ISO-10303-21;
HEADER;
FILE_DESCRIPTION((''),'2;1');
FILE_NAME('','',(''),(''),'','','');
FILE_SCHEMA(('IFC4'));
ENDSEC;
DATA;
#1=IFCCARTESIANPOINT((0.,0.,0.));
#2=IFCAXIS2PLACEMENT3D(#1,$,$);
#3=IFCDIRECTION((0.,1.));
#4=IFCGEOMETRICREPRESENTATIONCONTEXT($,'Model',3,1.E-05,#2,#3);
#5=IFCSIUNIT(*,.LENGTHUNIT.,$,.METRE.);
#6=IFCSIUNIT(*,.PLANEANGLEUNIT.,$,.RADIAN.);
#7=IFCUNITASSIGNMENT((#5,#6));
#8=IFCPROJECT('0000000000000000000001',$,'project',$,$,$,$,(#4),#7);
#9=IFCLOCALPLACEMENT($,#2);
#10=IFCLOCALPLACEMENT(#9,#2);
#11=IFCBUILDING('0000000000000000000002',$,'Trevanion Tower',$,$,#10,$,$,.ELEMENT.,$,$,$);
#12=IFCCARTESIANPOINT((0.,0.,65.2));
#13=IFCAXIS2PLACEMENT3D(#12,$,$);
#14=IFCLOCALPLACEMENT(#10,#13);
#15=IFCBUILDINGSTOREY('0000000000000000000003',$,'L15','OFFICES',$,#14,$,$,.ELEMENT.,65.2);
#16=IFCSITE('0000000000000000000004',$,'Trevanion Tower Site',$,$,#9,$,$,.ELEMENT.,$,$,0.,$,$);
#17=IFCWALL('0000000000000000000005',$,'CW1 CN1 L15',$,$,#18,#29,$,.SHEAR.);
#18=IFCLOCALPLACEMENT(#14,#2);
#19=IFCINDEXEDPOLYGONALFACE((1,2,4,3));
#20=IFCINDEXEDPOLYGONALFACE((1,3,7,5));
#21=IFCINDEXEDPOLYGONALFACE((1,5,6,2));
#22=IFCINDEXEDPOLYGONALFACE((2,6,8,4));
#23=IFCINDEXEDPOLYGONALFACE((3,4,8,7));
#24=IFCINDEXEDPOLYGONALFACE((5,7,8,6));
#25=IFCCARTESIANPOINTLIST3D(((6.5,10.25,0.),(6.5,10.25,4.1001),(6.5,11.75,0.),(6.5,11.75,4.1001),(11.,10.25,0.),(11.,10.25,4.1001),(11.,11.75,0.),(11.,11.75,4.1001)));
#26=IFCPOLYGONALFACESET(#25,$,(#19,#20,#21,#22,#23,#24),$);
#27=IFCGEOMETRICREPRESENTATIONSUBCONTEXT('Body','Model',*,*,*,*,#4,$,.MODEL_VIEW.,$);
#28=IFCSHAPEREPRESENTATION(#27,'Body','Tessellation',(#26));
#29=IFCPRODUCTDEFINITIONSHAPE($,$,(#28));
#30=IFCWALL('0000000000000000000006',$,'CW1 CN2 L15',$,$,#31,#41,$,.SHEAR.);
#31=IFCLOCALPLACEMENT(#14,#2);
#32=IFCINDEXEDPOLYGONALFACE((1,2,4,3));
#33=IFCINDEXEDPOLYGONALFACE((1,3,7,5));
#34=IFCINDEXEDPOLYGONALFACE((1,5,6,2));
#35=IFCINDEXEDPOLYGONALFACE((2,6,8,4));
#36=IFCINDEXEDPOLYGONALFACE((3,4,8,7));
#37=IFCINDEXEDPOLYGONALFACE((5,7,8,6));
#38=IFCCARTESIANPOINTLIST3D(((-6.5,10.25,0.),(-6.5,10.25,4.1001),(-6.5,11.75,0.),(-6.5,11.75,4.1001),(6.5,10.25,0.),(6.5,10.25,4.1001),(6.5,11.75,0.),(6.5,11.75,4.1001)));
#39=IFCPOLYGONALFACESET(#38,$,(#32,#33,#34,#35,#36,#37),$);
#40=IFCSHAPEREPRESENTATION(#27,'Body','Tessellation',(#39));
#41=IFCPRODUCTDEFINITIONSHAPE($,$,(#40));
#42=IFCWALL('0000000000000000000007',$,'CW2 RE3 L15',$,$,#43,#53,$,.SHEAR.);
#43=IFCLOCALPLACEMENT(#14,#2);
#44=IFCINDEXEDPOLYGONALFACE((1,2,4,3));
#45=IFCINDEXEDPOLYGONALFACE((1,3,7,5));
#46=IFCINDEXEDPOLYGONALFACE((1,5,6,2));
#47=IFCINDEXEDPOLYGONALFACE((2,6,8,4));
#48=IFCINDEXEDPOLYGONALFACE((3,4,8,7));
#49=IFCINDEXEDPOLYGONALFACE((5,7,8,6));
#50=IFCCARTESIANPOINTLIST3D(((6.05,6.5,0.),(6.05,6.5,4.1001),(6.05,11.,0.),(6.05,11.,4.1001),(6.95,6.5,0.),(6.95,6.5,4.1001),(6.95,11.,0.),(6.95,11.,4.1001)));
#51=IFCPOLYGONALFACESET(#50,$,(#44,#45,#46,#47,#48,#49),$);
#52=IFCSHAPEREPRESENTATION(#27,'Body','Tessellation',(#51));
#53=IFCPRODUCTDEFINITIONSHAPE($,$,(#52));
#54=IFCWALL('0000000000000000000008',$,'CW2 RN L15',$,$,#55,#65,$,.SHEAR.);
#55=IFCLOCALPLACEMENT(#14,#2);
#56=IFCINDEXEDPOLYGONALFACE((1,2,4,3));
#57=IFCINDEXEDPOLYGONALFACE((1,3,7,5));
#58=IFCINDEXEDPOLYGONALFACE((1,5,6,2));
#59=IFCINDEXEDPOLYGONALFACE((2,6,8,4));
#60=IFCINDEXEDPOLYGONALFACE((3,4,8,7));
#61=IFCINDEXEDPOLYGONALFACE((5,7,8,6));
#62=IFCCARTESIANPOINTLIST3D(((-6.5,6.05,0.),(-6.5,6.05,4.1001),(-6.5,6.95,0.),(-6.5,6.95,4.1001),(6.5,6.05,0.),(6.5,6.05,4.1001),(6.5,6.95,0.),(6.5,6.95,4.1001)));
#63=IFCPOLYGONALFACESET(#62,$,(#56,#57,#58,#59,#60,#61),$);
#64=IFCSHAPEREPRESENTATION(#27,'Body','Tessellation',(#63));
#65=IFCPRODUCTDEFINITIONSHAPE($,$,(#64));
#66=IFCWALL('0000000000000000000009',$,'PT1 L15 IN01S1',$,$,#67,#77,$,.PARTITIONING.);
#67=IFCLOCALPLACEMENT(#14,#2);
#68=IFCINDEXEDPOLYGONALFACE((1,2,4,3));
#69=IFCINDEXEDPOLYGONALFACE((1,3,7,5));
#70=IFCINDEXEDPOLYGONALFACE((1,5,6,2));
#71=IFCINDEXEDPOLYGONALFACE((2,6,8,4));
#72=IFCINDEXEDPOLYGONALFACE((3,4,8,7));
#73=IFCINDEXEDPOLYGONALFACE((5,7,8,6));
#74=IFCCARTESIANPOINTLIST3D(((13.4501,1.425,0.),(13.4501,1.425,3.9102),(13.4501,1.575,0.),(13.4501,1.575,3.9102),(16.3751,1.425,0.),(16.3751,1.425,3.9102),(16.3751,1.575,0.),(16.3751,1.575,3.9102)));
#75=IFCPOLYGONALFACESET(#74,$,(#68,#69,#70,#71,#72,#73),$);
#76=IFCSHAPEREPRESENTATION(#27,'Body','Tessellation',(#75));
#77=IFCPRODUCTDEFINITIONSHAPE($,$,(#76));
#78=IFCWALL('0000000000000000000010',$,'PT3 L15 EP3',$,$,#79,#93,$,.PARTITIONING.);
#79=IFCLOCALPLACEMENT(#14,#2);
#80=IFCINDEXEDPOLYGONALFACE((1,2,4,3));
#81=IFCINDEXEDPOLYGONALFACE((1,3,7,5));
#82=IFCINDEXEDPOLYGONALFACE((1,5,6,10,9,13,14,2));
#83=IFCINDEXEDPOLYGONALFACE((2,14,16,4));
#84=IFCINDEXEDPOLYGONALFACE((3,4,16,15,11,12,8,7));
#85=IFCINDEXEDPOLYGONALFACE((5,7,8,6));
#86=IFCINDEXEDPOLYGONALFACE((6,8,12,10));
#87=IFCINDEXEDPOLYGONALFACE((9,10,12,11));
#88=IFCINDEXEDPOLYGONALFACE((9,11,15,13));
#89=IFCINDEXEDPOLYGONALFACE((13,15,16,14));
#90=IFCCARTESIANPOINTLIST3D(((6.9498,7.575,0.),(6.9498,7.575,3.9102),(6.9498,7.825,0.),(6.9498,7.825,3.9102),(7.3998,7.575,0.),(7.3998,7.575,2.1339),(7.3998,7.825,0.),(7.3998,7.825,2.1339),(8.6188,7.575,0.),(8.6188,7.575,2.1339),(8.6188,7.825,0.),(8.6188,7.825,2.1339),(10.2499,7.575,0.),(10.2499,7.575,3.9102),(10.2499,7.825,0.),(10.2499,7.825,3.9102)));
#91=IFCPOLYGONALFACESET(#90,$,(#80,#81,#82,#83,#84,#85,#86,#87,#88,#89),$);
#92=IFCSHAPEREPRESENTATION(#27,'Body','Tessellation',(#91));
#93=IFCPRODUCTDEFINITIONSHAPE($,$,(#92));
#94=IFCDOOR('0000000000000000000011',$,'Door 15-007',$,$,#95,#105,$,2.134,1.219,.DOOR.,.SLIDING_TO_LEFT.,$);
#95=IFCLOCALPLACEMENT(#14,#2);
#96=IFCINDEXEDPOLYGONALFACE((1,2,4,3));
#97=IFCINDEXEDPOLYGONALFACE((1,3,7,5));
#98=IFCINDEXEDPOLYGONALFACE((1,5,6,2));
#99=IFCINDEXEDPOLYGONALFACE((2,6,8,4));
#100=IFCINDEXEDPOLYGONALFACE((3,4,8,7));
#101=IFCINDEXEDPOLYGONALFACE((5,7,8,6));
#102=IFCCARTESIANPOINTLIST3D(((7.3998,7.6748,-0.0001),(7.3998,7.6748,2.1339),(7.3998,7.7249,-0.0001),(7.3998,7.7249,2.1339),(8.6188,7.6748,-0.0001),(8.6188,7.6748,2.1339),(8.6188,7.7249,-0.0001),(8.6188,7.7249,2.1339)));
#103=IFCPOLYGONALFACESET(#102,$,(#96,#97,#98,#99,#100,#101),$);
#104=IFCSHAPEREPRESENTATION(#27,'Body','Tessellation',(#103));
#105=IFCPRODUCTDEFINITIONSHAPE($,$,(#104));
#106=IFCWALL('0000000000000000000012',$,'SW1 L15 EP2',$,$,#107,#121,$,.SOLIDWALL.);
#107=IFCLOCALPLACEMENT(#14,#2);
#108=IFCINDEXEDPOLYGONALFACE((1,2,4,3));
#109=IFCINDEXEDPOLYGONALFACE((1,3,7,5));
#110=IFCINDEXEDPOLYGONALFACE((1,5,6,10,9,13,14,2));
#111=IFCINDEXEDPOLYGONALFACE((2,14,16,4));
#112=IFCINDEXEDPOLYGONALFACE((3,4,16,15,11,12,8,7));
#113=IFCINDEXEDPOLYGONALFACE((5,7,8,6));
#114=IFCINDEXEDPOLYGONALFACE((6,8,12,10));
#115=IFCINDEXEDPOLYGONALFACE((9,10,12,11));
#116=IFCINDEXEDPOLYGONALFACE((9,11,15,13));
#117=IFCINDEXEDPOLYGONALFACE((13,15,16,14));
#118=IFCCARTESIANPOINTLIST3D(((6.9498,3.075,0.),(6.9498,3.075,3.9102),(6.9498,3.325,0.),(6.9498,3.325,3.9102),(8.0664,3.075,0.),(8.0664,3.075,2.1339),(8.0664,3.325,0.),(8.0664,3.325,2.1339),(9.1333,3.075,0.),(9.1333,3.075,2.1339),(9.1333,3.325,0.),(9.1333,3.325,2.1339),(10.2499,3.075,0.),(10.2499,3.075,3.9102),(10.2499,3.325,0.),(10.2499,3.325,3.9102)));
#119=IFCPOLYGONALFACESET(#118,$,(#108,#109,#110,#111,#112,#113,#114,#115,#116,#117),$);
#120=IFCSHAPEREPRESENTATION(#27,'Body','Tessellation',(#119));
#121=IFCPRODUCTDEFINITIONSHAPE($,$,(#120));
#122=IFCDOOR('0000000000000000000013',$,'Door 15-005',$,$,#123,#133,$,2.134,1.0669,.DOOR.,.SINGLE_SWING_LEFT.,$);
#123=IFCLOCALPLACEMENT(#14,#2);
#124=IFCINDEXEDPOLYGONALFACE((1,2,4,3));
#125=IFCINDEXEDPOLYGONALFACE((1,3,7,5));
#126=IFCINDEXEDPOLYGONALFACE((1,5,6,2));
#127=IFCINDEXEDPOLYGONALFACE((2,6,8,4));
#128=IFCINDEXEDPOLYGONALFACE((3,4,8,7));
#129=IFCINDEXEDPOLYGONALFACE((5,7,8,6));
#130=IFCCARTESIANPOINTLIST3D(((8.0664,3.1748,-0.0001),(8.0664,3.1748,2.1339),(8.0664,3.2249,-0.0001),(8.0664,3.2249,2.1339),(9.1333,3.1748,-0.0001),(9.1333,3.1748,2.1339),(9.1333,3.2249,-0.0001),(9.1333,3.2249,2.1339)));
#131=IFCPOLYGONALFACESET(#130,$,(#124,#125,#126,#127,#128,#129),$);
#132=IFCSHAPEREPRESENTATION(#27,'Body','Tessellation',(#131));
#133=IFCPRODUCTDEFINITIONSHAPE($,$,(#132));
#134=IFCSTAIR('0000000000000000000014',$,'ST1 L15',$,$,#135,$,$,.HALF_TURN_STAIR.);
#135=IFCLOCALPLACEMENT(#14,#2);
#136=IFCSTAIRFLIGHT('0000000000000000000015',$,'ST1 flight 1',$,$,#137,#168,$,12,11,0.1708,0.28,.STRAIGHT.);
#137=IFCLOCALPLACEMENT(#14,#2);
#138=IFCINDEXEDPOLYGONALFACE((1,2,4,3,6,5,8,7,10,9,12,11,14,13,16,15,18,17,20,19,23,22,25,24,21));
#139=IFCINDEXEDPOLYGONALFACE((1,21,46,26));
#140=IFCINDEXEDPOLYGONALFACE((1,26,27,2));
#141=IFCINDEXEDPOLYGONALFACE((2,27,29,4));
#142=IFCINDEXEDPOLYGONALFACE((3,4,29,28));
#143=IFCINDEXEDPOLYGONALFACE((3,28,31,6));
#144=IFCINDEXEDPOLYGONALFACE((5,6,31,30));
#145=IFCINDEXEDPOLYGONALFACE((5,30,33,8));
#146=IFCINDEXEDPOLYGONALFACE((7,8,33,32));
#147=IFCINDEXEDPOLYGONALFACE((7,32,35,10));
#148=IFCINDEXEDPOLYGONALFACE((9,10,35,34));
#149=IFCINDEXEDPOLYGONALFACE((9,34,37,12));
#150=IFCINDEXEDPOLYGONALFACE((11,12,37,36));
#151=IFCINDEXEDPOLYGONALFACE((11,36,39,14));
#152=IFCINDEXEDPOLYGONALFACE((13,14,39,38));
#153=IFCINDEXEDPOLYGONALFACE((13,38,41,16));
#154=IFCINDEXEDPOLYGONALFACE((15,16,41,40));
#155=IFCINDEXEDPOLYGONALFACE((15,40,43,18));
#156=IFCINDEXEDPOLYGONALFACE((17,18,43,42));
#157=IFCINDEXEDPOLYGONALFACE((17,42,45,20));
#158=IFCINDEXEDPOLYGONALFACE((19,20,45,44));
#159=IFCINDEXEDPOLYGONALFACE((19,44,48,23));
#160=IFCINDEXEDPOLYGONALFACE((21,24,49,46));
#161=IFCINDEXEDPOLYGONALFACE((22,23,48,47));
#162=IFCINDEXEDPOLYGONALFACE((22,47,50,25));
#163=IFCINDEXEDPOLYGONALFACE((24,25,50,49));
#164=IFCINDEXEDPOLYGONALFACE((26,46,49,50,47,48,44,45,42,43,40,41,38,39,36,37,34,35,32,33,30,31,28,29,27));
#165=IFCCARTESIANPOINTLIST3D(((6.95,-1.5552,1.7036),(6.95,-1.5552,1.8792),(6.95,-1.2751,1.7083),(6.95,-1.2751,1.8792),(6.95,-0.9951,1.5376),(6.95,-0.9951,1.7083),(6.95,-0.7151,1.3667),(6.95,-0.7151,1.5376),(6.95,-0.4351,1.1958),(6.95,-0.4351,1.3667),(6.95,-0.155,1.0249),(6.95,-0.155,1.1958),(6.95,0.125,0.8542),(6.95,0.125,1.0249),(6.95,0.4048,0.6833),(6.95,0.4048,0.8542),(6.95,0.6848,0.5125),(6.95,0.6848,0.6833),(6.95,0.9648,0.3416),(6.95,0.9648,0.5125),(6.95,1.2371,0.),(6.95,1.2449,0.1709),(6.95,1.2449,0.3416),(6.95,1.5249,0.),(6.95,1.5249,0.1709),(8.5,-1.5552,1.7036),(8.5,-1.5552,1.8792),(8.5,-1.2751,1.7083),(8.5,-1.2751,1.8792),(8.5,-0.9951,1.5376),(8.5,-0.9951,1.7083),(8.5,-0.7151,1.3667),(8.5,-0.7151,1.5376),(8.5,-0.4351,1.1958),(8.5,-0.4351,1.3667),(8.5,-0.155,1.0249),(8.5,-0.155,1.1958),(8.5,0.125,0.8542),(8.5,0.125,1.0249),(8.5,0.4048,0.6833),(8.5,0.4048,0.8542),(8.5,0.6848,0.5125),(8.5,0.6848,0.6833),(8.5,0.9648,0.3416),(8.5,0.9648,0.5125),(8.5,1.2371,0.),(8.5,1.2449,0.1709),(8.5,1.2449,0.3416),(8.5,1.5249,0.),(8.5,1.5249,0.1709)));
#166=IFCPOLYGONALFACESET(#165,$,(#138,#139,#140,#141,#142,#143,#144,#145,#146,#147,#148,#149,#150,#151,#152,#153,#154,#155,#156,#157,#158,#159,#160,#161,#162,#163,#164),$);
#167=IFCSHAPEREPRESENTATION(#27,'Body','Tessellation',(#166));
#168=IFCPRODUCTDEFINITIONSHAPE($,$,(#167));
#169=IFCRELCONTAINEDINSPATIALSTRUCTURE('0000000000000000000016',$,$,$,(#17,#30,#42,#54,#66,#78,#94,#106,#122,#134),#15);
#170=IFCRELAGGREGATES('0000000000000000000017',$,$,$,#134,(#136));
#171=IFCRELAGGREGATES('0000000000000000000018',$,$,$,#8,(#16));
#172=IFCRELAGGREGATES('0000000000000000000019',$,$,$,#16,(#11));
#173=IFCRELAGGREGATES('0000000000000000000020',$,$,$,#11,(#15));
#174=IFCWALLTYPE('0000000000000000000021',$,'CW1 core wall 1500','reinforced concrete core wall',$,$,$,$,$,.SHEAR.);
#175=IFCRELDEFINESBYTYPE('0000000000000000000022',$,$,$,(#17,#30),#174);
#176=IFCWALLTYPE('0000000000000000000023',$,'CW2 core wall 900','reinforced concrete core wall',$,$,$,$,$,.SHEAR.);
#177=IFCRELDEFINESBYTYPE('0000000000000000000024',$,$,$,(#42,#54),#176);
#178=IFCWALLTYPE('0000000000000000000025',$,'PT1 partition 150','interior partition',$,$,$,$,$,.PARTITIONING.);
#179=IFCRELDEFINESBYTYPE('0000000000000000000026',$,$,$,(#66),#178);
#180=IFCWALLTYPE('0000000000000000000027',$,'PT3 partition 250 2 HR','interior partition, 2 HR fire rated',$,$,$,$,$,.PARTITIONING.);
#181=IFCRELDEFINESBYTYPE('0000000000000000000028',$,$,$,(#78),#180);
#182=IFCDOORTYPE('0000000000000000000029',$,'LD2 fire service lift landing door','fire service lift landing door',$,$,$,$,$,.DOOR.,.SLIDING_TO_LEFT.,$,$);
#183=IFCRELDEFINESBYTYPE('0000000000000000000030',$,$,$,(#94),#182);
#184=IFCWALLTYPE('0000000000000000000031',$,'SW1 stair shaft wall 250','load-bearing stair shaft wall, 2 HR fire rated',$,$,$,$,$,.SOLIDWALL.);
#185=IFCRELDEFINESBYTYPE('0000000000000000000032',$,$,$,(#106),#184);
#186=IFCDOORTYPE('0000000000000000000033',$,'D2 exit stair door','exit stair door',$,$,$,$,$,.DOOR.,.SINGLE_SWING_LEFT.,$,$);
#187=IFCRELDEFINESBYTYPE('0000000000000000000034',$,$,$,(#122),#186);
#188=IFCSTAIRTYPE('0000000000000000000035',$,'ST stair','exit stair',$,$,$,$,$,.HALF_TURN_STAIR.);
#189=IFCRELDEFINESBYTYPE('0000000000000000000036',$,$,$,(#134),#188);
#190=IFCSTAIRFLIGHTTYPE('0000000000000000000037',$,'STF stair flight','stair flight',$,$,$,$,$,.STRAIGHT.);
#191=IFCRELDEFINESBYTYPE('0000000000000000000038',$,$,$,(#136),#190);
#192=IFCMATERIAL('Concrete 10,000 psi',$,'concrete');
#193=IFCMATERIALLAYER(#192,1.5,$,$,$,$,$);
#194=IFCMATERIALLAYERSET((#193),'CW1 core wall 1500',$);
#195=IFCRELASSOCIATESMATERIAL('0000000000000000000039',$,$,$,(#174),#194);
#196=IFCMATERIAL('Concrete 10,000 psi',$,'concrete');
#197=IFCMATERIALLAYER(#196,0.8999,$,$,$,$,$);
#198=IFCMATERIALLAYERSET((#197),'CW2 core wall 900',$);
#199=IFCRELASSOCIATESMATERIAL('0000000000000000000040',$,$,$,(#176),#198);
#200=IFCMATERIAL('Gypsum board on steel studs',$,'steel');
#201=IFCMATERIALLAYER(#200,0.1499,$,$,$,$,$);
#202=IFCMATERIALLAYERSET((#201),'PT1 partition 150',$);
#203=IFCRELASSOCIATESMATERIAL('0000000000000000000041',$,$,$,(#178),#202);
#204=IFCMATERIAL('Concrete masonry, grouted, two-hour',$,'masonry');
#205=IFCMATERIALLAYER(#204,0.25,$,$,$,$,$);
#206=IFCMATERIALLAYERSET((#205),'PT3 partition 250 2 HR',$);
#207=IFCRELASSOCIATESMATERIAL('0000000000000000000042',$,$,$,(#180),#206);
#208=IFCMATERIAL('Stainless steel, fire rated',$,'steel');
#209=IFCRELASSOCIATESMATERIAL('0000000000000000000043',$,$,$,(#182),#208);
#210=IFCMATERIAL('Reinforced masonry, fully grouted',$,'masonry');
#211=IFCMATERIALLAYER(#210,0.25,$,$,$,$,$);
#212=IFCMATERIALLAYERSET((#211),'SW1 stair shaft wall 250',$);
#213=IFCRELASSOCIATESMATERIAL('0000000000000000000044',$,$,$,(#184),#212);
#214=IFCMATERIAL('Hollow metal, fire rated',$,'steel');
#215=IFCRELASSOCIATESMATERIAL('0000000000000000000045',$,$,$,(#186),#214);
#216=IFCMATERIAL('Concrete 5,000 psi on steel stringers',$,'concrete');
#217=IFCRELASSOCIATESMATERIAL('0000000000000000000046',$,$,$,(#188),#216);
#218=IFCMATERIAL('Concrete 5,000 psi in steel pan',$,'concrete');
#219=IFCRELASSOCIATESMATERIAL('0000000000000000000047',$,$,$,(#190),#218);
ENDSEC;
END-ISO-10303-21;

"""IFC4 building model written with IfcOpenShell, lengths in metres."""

from ifc_helpers import new_model, si_unit, direction, frame, frame_2d, origin, place, context, subcontext, project, spatial, polyline, rectangle, outline, extrude, material, layer, layer_set, type_object, element, fill, aggregate, save


model = new_model("IFC4")

# Units and contexts
model_context = context("Model", 3, precision=1e-05, world=origin(), true_north=direction((0.0, 1.0)))
body_context = subcontext(model_context, "Body", "Model", "MODEL_VIEW")
ifc_project = project(units=[si_unit("LENGTHUNIT", "METRE"), si_unit("PLANEANGLEUNIT", "RADIAN")], contexts=[model_context])

# Site, building, storey
site_placement = place(None, origin())
site = spatial("IfcSite", under=ifc_project, at=site_placement, Name="Trevanion Tower Site", CompositionType="ELEMENT", RefElevation=0.0)
building_placement = place(site_placement, origin())
building = spatial("IfcBuilding", under=site, at=building_placement, Name="Trevanion Tower", CompositionType="ELEMENT")
storey_placement = place(building_placement, frame((0.0, 0.0, 65.2)))
storey = spatial("IfcBuildingStorey", under=building, at=storey_placement, Name="L15", Description="OFFICES", CompositionType="ELEMENT", Elevation=65.2)

# Walls
ifc_material_1 = material(Name="Concrete 10,000 psi", Category="concrete")
ifc_layer_1 = layer(ifc_material_1, 1.5)
ifc_layer_set_1 = layer_set([ifc_layer_1], Name="CW1 core wall 1500")
wall_type_1 = type_object("IfcWallType", Name="CW1 core wall 1500", Description="reinforced concrete core wall", PredefinedType="SHEAR", material=ifc_layer_set_1)
wall_1_placement = place(storey_placement, frame((11.0, 11.0, 0.0), z_axis=(0.0, 0.0, 1.0), x_axis=(-1.0, 0.0, 0.0)))
element("IfcWall", 1, at=wall_1_placement, inside=storey, type_object=wall_type_1, Name="CW1 CN1 L15", PredefinedType="SHEAR", context=body_context, shape_type="SweptSolid", body=[
    extrude(rectangle(XDim=4.5, YDim=1.5, at=frame_2d((2.25, 0.0))), origin(), (0.0, 0.0, 1.0), 4.1001),
])
wall_2_placement = place(storey_placement, frame((6.5, 11.0, 0.0), z_axis=(0.0, 0.0, 1.0), x_axis=(-1.0, 0.0, 0.0)))
element("IfcWall", 2, at=wall_2_placement, inside=storey, type_object=wall_type_1, Name="CW1 CN2 L15", PredefinedType="SHEAR", context=body_context, shape_type="SweptSolid", body=[
    extrude(rectangle(XDim=13.0, YDim=1.5, at=frame_2d((6.5, 0.0))), origin(), (0.0, 0.0, 1.0), 4.1001),
])
ifc_material_2 = material(Name="Concrete 10,000 psi", Category="concrete")
ifc_layer_2 = layer(ifc_material_2, 0.8999)
ifc_layer_set_2 = layer_set([ifc_layer_2], Name="CW2 core wall 900")
wall_type_2 = type_object("IfcWallType", Name="CW2 core wall 900", Description="reinforced concrete core wall", PredefinedType="SHEAR", material=ifc_layer_set_2)
wall_3_placement = place(storey_placement, frame((6.5, 6.5, 0.0), z_axis=(0.0, 0.0, 1.0), x_axis=(0.0, 1.0, 0.0)))
element("IfcWall", 3, at=wall_3_placement, inside=storey, type_object=wall_type_2, Name="CW2 RE3 L15", PredefinedType="SHEAR", context=body_context, shape_type="SweptSolid", body=[
    extrude(rectangle(XDim=4.5, YDim=0.8999, at=frame_2d((2.25, 0.0))), origin(), (0.0, 0.0, 1.0), 4.1001),
])
wall_4_placement = place(storey_placement, frame((6.5, 6.5, 0.0), z_axis=(0.0, 0.0, 1.0), x_axis=(-1.0, 0.0, 0.0)))
element("IfcWall", 4, at=wall_4_placement, inside=storey, type_object=wall_type_2, Name="CW2 RN L15", PredefinedType="SHEAR", context=body_context, shape_type="SweptSolid", body=[
    extrude(rectangle(XDim=13.0, YDim=0.8999, at=frame_2d((6.5, 0.0))), origin(), (0.0, 0.0, 1.0), 4.1001),
])
ifc_material_3 = material(Name="Gypsum board on steel studs", Category="steel")
ifc_layer_3 = layer(ifc_material_3, 0.1499)
ifc_layer_set_3 = layer_set([ifc_layer_3], Name="PT1 partition 150")
wall_type_3 = type_object("IfcWallType", Name="PT1 partition 150", Description="interior partition", PredefinedType="PARTITIONING", material=ifc_layer_set_3)
wall_5_placement = place(storey_placement, frame((16.375, 1.5, 0.0), z_axis=(0.0, 0.0, 1.0), x_axis=(-1.0, 0.0, 0.0)))
element("IfcWall", 5, at=wall_5_placement, inside=storey, type_object=wall_type_3, Name="PT1 L15 IN01S1", PredefinedType="PARTITIONING", context=body_context, shape_type="SweptSolid", body=[
    extrude(rectangle(XDim=2.925, YDim=0.1499, at=frame_2d((1.4624, 0.0))), origin(), (0.0, 0.0, 1.0), 3.9102),
])

# Walls, openings, doors
ifc_material_4 = material(Name="Concrete masonry, grouted, two-hour", Category="masonry")
ifc_layer_4 = layer(ifc_material_4, 0.25)
ifc_layer_set_4 = layer_set([ifc_layer_4], Name="PT3 partition 250 2 HR")
wall_type_4 = type_object("IfcWallType", Name="PT3 partition 250 2 HR", Description="interior partition, 2 HR fire rated", PredefinedType="PARTITIONING", material=ifc_layer_set_4)
wall_6_placement = place(storey_placement, frame((6.95, 7.7, 0.0), z_axis=(0.0, 0.0, 1.0), x_axis=(1.0, 0.0, 0.0)))
wall_6 = element("IfcWall", 6, at=wall_6_placement, inside=storey, type_object=wall_type_4, Name="PT3 L15 EP3", PredefinedType="PARTITIONING", context=body_context, shape_type="SweptSolid", body=[
    extrude(rectangle(XDim=3.3, YDim=0.25, at=frame_2d((1.6499, 0.0))), origin(), (0.0, 0.0, 1.0), 3.9102),
])
opening_1_placement = place(wall_6_placement, frame((0.45, 0.0, 0.0)))
opening_1 = element("IfcOpeningElement", 7, at=opening_1_placement, cuts=wall_6, PredefinedType="OPENING", context=body_context, shape_type="SweptSolid", body=[
    extrude(rectangle(XDim=1.219, YDim=2.134, at=frame_2d((0.6094, 1.0669))), frame((0.0, 0.135, 0.0), z_axis=(0.0, -1.0, 0.0), x_axis=(1.0, 0.0, 0.0)), (0.0, 0.0, 1.0), 0.27),
])
ifc_material_5 = material(Name="Stainless steel, fire rated", Category="steel")
door_type_1 = type_object("IfcDoorType", Name="LD2 fire service lift landing door", Description="fire service lift landing door", OperationType="SLIDING_TO_LEFT", PredefinedType="DOOR", material=ifc_material_5)
door_1_placement = place(opening_1_placement, origin())
door_1 = element("IfcDoor", 8, at=door_1_placement, inside=storey, type_object=door_type_1, Name="Door 15-007", OperationType="SLIDING_TO_LEFT", OverallHeight=2.134, OverallWidth=1.219, PredefinedType="DOOR", context=body_context, shape_type="SweptSolid", body=[
    extrude(rectangle(XDim=1.219, YDim=2.134, at=frame_2d((0.6094, 1.0669))), frame((0.0, 0.0249, 0.0), z_axis=(0.0, -1.0, 0.0), x_axis=(1.0, 0.0, 0.0)), (0.0, 0.0, 1.0), 0.05),
])
fill(opening_1, door_1)
ifc_material_6 = material(Name="Reinforced masonry, fully grouted", Category="masonry")
ifc_layer_5 = layer(ifc_material_6, 0.25)
ifc_layer_set_5 = layer_set([ifc_layer_5], Name="SW1 stair shaft wall 250")
wall_type_5 = type_object("IfcWallType", Name="SW1 stair shaft wall 250", Description="load-bearing stair shaft wall, 2 HR fire rated", PredefinedType="SOLIDWALL", material=ifc_layer_set_5)
wall_7_placement = place(storey_placement, frame((6.95, 3.2, 0.0), z_axis=(0.0, 0.0, 1.0), x_axis=(1.0, 0.0, 0.0)))
wall_7 = element("IfcWall", 9, at=wall_7_placement, inside=storey, type_object=wall_type_5, Name="SW1 L15 EP2", PredefinedType="SOLIDWALL", context=body_context, shape_type="SweptSolid", body=[
    extrude(rectangle(XDim=3.3, YDim=0.25, at=frame_2d((1.6499, 0.0))), origin(), (0.0, 0.0, 1.0), 3.9102),
])
opening_2_placement = place(wall_7_placement, frame((1.1165, 0.0, 0.0)))
opening_2 = element("IfcOpeningElement", 10, at=opening_2_placement, cuts=wall_7, PredefinedType="OPENING", context=body_context, shape_type="SweptSolid", body=[
    extrude(rectangle(XDim=1.0669, YDim=2.134, at=frame_2d((0.5334, 1.0669))), frame((0.0, 0.135, 0.0), z_axis=(0.0, -1.0, 0.0), x_axis=(1.0, 0.0, 0.0)), (0.0, 0.0, 1.0), 0.27),
])
ifc_material_7 = material(Name="Hollow metal, fire rated", Category="steel")
door_type_2 = type_object("IfcDoorType", Name="D2 exit stair door", Description="exit stair door", OperationType="SINGLE_SWING_LEFT", PredefinedType="DOOR", material=ifc_material_7)
door_2_placement = place(opening_2_placement, origin())
door_2 = element("IfcDoor", 11, at=door_2_placement, inside=storey, type_object=door_type_2, Name="Door 15-005", OperationType="SINGLE_SWING_LEFT", OverallHeight=2.134, OverallWidth=1.0669, PredefinedType="DOOR", context=body_context, shape_type="SweptSolid", body=[
    extrude(rectangle(XDim=1.0669, YDim=2.134, at=frame_2d((0.5334, 1.0669))), frame((0.0, 0.0249, 0.0), z_axis=(0.0, -1.0, 0.0), x_axis=(1.0, 0.0, 0.0)), (0.0, 0.0, 1.0), 0.05),
])
fill(opening_2, door_2)

# Stair, stair flight
ifc_material_8 = material(Name="Concrete 5,000 psi on steel stringers", Category="concrete")
stair_type = type_object("IfcStairType", Name="ST stair", Description="exit stair", PredefinedType="HALF_TURN_STAIR", material=ifc_material_8)
stair_placement = place(storey_placement, origin())
stair = element("IfcStair", 12, at=stair_placement, inside=storey, type_object=stair_type, Name="ST1 L15", PredefinedType="HALF_TURN_STAIR")
ifc_material_9 = material(Name="Concrete 5,000 psi in steel pan", Category="concrete")
stair_flight_type = type_object("IfcStairFlightType", Name="STF stair flight", Description="stair flight", PredefinedType="STRAIGHT", material=ifc_material_9)
stair_flight_placement = place(storey_placement, frame((7.7251, 1.5249, 0.0), z_axis=(0.0, 0.0, 1.0), x_axis=(0.0, -1.0, 0.0)))
stair_flight = element("IfcStairFlight", 13, at=stair_flight_placement, type_object=stair_flight_type, Name="ST1 flight 1", NumberOfRisers=12, NumberOfTreads=11, PredefinedType="STRAIGHT", RiserHeight=0.1708, TreadLength=0.28, context=body_context, shape_type="SweptSolid", body=[
    extrude(outline(polyline([(0.0, 0.0), (0.0, 0.1709), (0.28, 0.1709), (0.28, 0.3416), (0.5601, 0.3416), (0.5601, 0.5125), (0.8401, 0.5125), (0.8401, 0.6833), (1.1201, 0.6833), (1.1201, 0.8542), (1.3999, 0.8542), (1.3999, 1.0249), (1.6799, 1.0249), (1.6799, 1.1958), (1.96, 1.1958), (1.96, 1.3667), (2.24, 1.3667), (2.24, 1.5376), (2.52, 1.5376), (2.52, 1.7083), (2.8, 1.7083), (2.8, 1.8792), (3.0801, 1.8792), (3.0801, 2.05), (3.0801, 1.7036), (0.2878, 0.0), (0.0, 0.0)])), frame((0.0, 0.7749, 0.0), z_axis=(0.0, -1.0, 0.0), x_axis=(1.0, 0.0, 0.0)), (0.0, 0.0, 1.0), 1.55),
])
aggregate(stair, [stair_flight])

save(model, "model.ifc")
